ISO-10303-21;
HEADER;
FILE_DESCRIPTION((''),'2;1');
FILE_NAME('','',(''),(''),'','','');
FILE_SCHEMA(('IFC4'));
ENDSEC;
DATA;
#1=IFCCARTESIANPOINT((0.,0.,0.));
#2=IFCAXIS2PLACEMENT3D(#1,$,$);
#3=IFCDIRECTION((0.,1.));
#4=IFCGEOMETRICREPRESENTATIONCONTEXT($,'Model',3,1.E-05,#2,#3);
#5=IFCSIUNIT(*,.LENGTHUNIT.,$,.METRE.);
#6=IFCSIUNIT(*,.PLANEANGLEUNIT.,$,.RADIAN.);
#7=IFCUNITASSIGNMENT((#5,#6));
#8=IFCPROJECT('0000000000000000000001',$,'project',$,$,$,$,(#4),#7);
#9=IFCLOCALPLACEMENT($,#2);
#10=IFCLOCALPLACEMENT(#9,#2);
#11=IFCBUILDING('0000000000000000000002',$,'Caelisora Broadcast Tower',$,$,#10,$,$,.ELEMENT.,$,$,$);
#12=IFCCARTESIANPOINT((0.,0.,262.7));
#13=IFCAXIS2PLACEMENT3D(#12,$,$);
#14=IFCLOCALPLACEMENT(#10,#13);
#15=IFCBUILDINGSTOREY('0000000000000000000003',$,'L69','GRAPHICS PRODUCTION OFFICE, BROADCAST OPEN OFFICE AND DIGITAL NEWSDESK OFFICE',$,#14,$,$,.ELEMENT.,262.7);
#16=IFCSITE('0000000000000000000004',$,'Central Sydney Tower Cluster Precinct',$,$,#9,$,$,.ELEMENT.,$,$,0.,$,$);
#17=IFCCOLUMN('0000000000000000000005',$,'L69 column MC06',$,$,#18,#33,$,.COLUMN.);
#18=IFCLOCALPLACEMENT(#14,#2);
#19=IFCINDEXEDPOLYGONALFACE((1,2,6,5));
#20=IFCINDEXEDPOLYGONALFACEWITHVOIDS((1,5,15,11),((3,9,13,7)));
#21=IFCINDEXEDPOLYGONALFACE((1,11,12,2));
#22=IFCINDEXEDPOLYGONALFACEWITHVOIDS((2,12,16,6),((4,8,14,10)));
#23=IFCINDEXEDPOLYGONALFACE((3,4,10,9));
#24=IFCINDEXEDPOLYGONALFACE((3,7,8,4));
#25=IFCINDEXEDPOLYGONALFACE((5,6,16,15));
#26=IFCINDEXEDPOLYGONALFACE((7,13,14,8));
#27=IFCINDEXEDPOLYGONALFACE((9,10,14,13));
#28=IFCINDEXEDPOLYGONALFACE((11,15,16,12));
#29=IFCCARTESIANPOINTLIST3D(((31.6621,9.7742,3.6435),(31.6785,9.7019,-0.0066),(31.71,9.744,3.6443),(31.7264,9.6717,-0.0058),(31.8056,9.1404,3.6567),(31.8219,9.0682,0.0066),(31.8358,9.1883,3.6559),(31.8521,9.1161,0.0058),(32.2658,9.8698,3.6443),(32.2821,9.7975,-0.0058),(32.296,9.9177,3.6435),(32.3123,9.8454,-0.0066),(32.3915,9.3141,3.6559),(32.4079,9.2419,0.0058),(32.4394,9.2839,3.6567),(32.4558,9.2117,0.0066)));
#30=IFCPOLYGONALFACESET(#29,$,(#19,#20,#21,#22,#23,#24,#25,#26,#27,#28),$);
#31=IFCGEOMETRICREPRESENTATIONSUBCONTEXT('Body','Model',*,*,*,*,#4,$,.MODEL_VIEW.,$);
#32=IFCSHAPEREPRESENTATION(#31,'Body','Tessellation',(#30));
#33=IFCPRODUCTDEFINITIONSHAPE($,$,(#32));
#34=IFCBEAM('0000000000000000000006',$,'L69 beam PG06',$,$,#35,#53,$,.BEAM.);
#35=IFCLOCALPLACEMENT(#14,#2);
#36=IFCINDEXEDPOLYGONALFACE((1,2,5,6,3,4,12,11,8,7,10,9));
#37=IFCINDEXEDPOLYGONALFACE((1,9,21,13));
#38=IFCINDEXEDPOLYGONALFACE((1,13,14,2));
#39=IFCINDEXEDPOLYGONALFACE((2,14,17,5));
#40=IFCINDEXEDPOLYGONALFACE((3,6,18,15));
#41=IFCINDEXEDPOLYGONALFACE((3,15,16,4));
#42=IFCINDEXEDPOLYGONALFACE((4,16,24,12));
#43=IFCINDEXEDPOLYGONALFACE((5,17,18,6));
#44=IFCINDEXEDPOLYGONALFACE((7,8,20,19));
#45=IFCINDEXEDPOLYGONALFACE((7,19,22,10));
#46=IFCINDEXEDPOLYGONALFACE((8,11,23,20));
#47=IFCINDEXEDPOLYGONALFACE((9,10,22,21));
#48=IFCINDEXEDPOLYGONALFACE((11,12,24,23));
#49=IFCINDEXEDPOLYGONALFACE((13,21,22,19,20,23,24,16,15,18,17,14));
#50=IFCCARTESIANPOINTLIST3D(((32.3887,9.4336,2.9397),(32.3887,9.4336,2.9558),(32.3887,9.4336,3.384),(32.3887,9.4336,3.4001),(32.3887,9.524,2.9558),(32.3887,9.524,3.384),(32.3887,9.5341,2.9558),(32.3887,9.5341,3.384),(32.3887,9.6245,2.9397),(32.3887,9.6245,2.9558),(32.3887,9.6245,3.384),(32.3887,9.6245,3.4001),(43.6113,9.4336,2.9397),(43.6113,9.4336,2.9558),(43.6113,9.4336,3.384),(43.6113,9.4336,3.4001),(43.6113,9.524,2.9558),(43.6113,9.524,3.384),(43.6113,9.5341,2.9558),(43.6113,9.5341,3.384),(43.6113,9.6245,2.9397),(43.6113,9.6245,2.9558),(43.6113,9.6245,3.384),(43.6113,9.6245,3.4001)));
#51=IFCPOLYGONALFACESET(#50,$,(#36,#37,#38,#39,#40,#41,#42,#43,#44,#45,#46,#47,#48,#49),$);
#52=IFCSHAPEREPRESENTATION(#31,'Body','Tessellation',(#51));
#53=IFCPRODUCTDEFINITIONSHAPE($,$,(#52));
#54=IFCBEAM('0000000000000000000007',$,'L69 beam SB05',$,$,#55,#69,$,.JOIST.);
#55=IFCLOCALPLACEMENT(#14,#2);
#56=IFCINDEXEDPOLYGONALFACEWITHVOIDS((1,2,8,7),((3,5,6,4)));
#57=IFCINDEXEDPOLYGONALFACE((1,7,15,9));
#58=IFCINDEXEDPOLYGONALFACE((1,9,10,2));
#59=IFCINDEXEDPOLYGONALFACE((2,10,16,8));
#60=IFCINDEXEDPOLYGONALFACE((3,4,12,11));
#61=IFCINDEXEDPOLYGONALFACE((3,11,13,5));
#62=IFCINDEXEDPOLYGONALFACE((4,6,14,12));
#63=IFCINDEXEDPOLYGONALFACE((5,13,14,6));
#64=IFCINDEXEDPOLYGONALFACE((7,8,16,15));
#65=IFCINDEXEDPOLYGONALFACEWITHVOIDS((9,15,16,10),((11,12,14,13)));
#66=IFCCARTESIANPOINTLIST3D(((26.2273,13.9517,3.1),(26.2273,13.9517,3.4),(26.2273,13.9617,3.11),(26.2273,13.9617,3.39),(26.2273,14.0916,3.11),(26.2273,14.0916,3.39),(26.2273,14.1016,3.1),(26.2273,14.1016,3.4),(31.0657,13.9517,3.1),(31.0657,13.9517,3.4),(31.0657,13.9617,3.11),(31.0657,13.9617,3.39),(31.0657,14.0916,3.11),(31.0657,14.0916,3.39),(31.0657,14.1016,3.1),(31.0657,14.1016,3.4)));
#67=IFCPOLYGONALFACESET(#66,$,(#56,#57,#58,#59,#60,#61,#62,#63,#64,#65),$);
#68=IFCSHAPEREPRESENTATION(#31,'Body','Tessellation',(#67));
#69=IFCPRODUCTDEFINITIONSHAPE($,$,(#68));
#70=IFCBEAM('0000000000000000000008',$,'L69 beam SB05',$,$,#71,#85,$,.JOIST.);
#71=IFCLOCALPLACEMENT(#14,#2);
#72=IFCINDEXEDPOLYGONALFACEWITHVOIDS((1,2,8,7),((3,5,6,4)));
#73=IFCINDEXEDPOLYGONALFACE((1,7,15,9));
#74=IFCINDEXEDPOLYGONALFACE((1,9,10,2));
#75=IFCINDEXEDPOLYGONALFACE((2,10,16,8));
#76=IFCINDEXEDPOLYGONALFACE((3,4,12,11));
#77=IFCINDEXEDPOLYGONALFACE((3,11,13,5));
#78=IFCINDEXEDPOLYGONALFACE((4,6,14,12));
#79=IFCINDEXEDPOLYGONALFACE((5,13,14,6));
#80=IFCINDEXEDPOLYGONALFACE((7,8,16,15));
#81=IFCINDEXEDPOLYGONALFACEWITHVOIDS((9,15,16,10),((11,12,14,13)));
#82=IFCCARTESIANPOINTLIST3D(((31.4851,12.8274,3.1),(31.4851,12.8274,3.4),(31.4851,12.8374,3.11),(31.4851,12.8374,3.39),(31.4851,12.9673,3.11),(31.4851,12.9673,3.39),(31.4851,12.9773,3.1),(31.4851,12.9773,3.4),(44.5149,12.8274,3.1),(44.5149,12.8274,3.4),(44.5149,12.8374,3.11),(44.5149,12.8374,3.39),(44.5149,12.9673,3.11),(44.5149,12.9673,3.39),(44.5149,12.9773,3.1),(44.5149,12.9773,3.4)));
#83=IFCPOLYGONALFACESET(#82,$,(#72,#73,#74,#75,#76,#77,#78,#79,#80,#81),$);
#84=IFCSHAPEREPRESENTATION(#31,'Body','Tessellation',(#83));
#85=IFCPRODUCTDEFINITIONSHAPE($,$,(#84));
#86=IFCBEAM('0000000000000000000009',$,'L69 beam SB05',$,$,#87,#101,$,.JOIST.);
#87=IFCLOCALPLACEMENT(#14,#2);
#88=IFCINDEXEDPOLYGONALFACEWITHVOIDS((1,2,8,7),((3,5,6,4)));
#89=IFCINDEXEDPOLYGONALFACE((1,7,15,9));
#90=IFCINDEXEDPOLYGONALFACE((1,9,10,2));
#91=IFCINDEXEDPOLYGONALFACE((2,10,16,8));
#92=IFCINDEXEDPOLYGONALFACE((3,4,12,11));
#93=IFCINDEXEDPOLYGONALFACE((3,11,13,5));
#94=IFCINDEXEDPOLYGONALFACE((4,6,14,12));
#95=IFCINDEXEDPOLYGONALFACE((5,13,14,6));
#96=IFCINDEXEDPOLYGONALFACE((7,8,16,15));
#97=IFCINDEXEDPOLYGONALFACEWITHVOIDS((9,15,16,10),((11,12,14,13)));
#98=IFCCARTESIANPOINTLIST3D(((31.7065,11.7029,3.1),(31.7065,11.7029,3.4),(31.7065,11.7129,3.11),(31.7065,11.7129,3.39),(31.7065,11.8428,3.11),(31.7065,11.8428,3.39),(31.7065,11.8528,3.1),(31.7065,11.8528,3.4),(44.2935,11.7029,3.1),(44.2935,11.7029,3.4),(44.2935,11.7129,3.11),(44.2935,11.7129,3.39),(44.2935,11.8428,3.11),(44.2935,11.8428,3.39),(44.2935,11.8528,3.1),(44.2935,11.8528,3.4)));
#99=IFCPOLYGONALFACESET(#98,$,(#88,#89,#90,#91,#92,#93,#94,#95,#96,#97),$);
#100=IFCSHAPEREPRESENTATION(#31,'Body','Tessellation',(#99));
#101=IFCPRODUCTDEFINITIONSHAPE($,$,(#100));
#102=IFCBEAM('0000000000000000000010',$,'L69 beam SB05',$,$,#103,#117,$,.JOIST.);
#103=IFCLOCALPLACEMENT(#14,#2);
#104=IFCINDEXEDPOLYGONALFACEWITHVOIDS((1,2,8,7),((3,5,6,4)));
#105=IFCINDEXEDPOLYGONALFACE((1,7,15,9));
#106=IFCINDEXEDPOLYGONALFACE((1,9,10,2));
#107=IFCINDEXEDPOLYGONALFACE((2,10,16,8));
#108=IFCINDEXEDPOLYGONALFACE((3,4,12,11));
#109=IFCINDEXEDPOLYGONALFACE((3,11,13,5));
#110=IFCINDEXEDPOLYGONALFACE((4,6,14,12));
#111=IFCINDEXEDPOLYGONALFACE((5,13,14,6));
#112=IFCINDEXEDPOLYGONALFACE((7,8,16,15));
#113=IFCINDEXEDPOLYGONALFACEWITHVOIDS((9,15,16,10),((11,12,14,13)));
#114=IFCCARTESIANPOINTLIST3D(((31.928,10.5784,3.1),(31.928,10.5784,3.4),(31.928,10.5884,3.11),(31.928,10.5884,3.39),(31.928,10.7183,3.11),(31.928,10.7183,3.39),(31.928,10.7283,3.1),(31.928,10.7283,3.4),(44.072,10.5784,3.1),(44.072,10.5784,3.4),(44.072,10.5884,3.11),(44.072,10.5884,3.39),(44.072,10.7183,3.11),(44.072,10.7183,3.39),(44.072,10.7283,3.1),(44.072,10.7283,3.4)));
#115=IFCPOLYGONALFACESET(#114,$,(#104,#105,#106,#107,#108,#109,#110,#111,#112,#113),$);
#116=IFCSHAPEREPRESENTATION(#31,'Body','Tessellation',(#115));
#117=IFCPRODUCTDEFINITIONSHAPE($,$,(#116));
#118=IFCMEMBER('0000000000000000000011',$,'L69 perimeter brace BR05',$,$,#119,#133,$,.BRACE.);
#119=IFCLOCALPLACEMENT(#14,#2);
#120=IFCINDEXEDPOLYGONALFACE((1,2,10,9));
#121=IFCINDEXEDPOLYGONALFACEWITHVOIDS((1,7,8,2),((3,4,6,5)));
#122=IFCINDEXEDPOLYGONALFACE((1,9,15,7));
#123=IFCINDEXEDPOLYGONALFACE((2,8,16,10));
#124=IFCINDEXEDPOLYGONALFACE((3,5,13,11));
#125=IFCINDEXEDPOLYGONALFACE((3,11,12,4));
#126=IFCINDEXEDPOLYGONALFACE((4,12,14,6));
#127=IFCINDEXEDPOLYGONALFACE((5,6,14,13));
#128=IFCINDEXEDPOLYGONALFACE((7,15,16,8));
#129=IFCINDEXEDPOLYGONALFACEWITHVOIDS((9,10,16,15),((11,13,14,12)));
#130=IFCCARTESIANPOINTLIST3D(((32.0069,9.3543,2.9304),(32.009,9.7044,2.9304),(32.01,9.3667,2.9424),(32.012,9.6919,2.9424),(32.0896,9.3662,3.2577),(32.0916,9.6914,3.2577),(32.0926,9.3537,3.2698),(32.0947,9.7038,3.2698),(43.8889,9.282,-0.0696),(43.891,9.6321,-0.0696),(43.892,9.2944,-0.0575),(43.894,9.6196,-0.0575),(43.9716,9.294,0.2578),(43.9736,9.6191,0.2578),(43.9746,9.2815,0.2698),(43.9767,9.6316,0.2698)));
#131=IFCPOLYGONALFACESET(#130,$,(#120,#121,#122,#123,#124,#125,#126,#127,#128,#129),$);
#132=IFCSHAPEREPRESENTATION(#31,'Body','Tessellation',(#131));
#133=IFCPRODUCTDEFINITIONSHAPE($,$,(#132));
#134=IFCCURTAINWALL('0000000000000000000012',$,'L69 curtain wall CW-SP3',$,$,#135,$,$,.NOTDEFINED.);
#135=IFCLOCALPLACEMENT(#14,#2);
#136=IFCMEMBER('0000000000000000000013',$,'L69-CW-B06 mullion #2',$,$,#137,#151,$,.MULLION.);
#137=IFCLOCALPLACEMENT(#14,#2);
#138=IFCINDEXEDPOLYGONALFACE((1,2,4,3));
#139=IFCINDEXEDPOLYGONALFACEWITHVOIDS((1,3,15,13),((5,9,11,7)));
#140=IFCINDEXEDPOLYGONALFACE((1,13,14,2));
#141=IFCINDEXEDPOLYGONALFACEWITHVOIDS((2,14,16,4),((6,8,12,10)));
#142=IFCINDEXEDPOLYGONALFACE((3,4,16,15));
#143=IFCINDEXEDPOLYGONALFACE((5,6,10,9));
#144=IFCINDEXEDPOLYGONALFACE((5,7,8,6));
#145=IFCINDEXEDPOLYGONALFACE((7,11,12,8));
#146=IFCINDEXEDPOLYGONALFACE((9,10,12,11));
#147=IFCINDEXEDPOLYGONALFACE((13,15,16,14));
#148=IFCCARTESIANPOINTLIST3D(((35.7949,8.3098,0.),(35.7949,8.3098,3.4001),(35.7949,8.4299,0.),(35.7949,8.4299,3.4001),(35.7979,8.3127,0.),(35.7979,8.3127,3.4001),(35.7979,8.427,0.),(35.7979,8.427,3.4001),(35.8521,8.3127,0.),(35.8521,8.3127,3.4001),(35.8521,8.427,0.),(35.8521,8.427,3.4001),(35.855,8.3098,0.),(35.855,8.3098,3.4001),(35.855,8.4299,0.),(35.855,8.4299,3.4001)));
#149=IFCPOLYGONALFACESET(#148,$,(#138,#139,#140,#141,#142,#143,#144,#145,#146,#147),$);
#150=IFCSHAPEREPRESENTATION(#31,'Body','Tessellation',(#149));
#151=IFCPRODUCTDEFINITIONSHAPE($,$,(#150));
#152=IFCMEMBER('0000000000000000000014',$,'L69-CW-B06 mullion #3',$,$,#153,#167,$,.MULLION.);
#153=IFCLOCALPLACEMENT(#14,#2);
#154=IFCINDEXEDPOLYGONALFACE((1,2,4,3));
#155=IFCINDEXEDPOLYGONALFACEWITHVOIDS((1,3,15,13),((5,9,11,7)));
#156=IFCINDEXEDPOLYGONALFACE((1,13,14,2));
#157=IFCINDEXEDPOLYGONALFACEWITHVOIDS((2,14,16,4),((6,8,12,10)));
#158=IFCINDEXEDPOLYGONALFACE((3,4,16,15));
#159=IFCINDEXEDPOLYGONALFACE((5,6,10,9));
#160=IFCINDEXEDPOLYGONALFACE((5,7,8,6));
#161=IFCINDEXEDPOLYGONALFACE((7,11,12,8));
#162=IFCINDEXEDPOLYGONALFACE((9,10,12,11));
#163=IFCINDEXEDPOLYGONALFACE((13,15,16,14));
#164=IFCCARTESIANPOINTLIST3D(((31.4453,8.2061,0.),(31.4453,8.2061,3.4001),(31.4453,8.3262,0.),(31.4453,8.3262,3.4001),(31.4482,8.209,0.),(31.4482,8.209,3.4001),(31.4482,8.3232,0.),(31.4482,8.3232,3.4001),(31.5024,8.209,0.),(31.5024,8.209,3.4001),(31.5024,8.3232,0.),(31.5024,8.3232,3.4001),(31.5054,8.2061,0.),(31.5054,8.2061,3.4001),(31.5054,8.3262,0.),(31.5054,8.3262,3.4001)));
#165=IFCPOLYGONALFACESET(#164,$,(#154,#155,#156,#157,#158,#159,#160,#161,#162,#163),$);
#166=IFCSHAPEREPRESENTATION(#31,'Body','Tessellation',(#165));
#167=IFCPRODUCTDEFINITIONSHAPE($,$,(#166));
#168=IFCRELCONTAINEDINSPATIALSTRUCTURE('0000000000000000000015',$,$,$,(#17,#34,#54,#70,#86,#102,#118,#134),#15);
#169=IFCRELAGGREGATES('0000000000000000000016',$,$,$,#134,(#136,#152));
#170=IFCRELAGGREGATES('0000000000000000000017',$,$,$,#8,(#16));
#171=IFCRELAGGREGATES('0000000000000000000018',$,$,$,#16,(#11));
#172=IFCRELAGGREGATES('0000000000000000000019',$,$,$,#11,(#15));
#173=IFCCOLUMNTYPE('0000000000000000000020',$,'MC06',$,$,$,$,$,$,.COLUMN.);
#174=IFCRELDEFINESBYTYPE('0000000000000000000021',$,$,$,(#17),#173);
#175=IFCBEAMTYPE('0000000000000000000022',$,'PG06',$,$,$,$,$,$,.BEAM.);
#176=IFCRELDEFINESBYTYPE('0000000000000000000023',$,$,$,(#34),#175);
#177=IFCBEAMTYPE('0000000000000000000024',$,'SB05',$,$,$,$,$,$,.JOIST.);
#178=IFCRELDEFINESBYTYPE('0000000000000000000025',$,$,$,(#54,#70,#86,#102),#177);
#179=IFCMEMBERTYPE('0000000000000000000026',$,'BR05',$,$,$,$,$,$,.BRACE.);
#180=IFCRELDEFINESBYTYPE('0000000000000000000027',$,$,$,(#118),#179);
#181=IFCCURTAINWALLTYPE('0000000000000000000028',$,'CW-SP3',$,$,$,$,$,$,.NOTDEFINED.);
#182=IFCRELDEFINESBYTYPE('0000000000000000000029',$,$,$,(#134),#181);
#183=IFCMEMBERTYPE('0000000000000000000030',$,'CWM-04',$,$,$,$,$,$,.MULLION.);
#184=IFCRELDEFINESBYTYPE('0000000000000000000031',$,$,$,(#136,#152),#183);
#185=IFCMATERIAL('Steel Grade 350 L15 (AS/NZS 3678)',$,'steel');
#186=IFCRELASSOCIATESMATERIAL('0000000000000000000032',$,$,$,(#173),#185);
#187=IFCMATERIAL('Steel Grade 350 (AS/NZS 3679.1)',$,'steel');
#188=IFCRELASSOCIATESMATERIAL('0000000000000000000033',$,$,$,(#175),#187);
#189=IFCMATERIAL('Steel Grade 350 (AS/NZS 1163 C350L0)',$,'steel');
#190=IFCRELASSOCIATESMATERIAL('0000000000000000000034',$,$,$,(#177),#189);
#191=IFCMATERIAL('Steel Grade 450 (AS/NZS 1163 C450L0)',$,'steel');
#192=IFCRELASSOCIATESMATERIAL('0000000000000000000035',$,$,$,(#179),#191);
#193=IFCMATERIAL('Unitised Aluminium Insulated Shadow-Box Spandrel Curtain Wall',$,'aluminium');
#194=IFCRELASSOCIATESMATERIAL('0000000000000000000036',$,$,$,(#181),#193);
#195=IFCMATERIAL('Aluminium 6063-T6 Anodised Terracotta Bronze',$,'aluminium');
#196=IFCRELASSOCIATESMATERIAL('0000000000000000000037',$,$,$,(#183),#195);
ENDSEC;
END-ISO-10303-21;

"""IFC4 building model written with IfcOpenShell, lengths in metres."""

from ifc_helpers import new_model, si_unit, direction, frame, origin, origin_2d, place, context, subcontext, project, spatial, hollow_rectangle, i_section, extrude, source, transform, mapped, material, material_profile, profile_set, type_object, type_shapes, element, aggregate, save


model = new_model("IFC4")

# Units and contexts
model_context = context("Model", 3, precision=1e-05, world=origin(), true_north=direction((0.0, 1.0)))
body_context = subcontext(model_context, "Body", "Model", "MODEL_VIEW")
ifc_project = project(units=[si_unit("LENGTHUNIT", "METRE"), si_unit("PLANEANGLEUNIT", "RADIAN")], contexts=[model_context])

# Site, building, storey
site_placement = place(None, origin())
site = spatial("IfcSite", under=ifc_project, at=site_placement, Name="Central Sydney Tower Cluster Precinct", CompositionType="ELEMENT", RefElevation=0.0)
building_placement = place(site_placement, origin())
building = spatial("IfcBuilding", under=site, at=building_placement, Name="Caelisora Broadcast Tower", CompositionType="ELEMENT")
storey_placement = place(building_placement, frame((0.0, 0.0, 262.7)))
storey = spatial("IfcBuildingStorey", under=building, at=storey_placement, Name="L69", Description="GRAPHICS PRODUCTION OFFICE, BROADCAST OPEN OFFICE AND DIGITAL NEWSDESK OFFICE", CompositionType="ELEMENT", Elevation=262.7)

# Column
ifc_material_1 = material(Name="Steel Grade 350 L15 (AS/NZS 3678)", Category="steel")
ifc_material_profile_1 = material_profile(ifc_material_1, hollow_rectangle(XDim=0.6499, YDim=0.6499, WallThickness=0.04, at=origin_2d()), Name="Steel Grade 350 L15 (AS/NZS 3678)")
ifc_profile_set_1 = profile_set([ifc_material_profile_1], Name="Steel Grade 350 L15 (AS/NZS 3678)")
column_type = type_object("IfcColumnType", Name="MC06", PredefinedType="COLUMN", material=ifc_profile_set_1)
shared_shape_1 = source(origin(), body_context, "Body", "SweptSolid", [
    extrude(hollow_rectangle(XDim=0.6499, YDim=0.6499, WallThickness=0.04, at=origin_2d()), origin(), (0.0, 0.0, 1.0), 3.6509),
])
type_shapes(column_type, [shared_shape_1])
column_placement = place(storey_placement, frame((32.0671, 9.4568, 0.0), z_axis=(-0.00448, 0.019794, 0.999794), x_axis=(-0.975327, -0.220767, 0.0)))
element("IfcColumn", 1, at=column_placement, inside=storey, type_object=column_type, Name="L69 column MC06", PredefinedType="COLUMN", context=body_context, shape_type="MappedRepresentation", body=[
    mapped(shared_shape_1, transform((0.0, 0.0, 0.0), scale=1.0)),
])

# Beams
ifc_material_2 = material(Name="Steel Grade 350 (AS/NZS 3679.1)", Category="steel")
ifc_material_profile_2 = material_profile(ifc_material_2, i_section(OverallWidth=0.1909, OverallDepth=0.4604, WebThickness=0.01, FlangeThickness=0.0161, at=origin_2d()), Name="Steel Grade 350 (AS/NZS 3679.1)")
ifc_profile_set_2 = profile_set([ifc_material_profile_2], Name="Steel Grade 350 (AS/NZS 3679.1)")
beam_type_1 = type_object("IfcBeamType", Name="PG06", PredefinedType="BEAM", material=ifc_profile_set_2)
shared_shape_2 = source(origin(), body_context, "Body", "SweptSolid", [
    extrude(i_section(OverallWidth=0.1909, OverallDepth=0.4604, WebThickness=0.01, FlangeThickness=0.0161, at=origin_2d()), origin(), (0.0, 0.0, 1.0), 11.2227),
])
type_shapes(beam_type_1, [shared_shape_2])
beam_1_placement = place(storey_placement, frame((32.3887, 9.5291, 3.1699), z_axis=(1.0, 0.0, 0.0), x_axis=(0.0, 1.0, 0.0)))
element("IfcBeam", 2, at=beam_1_placement, inside=storey, type_object=beam_type_1, Name="L69 beam PG06", PredefinedType="BEAM", context=body_context, shape_type="MappedRepresentation", body=[
    mapped(shared_shape_2, transform((0.0, 0.0, 0.0), scale=1.0)),
])
ifc_material_3 = material(Name="Steel Grade 350 (AS/NZS 1163 C350L0)", Category="steel")
ifc_material_profile_3 = material_profile(ifc_material_3, hollow_rectangle(XDim=0.1499, YDim=0.3, WallThickness=0.01, at=origin_2d()), Name="Steel Grade 350 (AS/NZS 1163 C350L0)")
ifc_profile_set_3 = profile_set([ifc_material_profile_3], Name="Steel Grade 350 (AS/NZS 1163 C350L0)")
beam_type_2 = type_object("IfcBeamType", Name="SB05", PredefinedType="JOIST", material=ifc_profile_set_3)
shared_shape_3 = source(origin(), body_context, "Body", "SweptSolid", [
    extrude(hollow_rectangle(XDim=0.1499, YDim=0.3, WallThickness=0.01, at=origin_2d()), origin(), (0.0, 0.0, 1.0), 4.8384),
])
beam_2_placement = place(storey_placement, frame((26.2273, 14.0266, 3.25), z_axis=(1.0, 0.0, 0.0), x_axis=(0.0, 1.0, 0.0)))
element("IfcBeam", 3, at=beam_2_placement, inside=storey, type_object=beam_type_2, Name="L69 beam SB05", PredefinedType="JOIST", context=body_context, shape_type="MappedRepresentation", body=[
    mapped(shared_shape_3, transform((0.0, 0.0, 0.0), scale=1.0)),
])
shared_shape_4 = source(origin(), body_context, "Body", "SweptSolid", [
    extrude(hollow_rectangle(XDim=0.1499, YDim=0.3, WallThickness=0.01, at=origin_2d()), origin(), (0.0, 0.0, 1.0), 13.0298),
])
beam_3_placement = place(storey_placement, frame((31.4851, 12.9023, 3.25), z_axis=(1.0, 0.0, 0.0), x_axis=(0.0, 1.0, 0.0)))
element("IfcBeam", 4, at=beam_3_placement, inside=storey, type_object=beam_type_2, Name="L69 beam SB05", PredefinedType="JOIST", context=body_context, shape_type="MappedRepresentation", body=[
    mapped(shared_shape_4, transform((0.0, 0.0, 0.0), scale=1.0)),
])
shared_shape_5 = source(origin(), body_context, "Body", "SweptSolid", [
    extrude(hollow_rectangle(XDim=0.1499, YDim=0.3, WallThickness=0.01, at=origin_2d()), origin(), (0.0, 0.0, 1.0), 12.5869),
])
beam_4_placement = place(storey_placement, frame((31.7065, 11.7778, 3.25), z_axis=(1.0, 0.0, 0.0), x_axis=(0.0, 1.0, 0.0)))
element("IfcBeam", 5, at=beam_4_placement, inside=storey, type_object=beam_type_2, Name="L69 beam SB05", PredefinedType="JOIST", context=body_context, shape_type="MappedRepresentation", body=[
    mapped(shared_shape_5, transform((0.0, 0.0, 0.0), scale=1.0)),
])
shared_shape_6 = source(origin(), body_context, "Body", "SweptSolid", [
    extrude(hollow_rectangle(XDim=0.1499, YDim=0.3, WallThickness=0.01, at=origin_2d()), origin(), (0.0, 0.0, 1.0), 12.144),
])
type_shapes(beam_type_2, [shared_shape_3, shared_shape_4, shared_shape_5, shared_shape_6])
beam_5_placement = place(storey_placement, frame((31.928, 10.6533, 3.25), z_axis=(1.0, 0.0, 0.0), x_axis=(0.0, 1.0, 0.0)))
element("IfcBeam", 6, at=beam_5_placement, inside=storey, type_object=beam_type_2, Name="L69 beam SB05", PredefinedType="JOIST", context=body_context, shape_type="MappedRepresentation", body=[
    mapped(shared_shape_6, transform((0.0, 0.0, 0.0), scale=1.0)),
])

# Member
ifc_material_4 = material(Name="Steel Grade 450 (AS/NZS 1163 C450L0)", Category="steel")
ifc_material_profile_4 = material_profile(ifc_material_4, hollow_rectangle(XDim=0.3501, YDim=0.3501, WallThickness=0.0125, at=origin_2d()), Name="Steel Grade 450 (AS/NZS 1163 C450L0)")
ifc_profile_set_4 = profile_set([ifc_material_profile_4], Name="Steel Grade 450 (AS/NZS 1163 C450L0)")
member_type_1 = type_object("IfcMemberType", Name="BR05", PredefinedType="BRACE", material=ifc_profile_set_4)
shared_shape_7 = source(origin(), body_context, "Body", "SweptSolid", [
    extrude(hollow_rectangle(XDim=0.3501, YDim=0.3501, WallThickness=0.0125, at=origin_2d()), origin(), (0.0, 0.0, 1.0), 12.2551),
])
type_shapes(member_type_1, [shared_shape_7])
member_1_placement = place(storey_placement, frame((32.0508, 9.5291, 3.1001), z_axis=(0.969557, -0.005897, -0.244795), x_axis=(0.006082, 0.999982, 0.0)))
element("IfcMember", 7, at=member_1_placement, inside=storey, type_object=member_type_1, Name="L69 perimeter brace BR05", PredefinedType="BRACE", context=body_context, shape_type="MappedRepresentation", body=[
    mapped(shared_shape_7, transform((0.0, 0.0, 0.0), scale=1.0)),
])

# Curtain wall, members
ifc_material_5 = material(Name="Unitised Aluminium Insulated Shadow-Box Spandrel Curtain Wall", Category="aluminium")
curtain_wall_type_1 = type_object("IfcCurtainWallType", Name="CW-SP3", PredefinedType="NOTDEFINED", material=ifc_material_5)
curtain_wall_1_placement = place(storey_placement, origin())
curtain_wall_1 = element("IfcCurtainWall", 8, at=curtain_wall_1_placement, inside=storey, type_object=curtain_wall_type_1, Name="L69 curtain wall CW-SP3", PredefinedType="NOTDEFINED")
ifc_material_6 = material(Name="Aluminium 6063-T6 Anodised Terracotta Bronze", Category="aluminium")
ifc_material_profile_5 = material_profile(ifc_material_6, hollow_rectangle(XDim=0.0601, YDim=0.1201, WallThickness=0.0029, at=origin_2d()), Name="Aluminium 6063-T6 Anodised Terracotta Bronze")
ifc_profile_set_5 = profile_set([ifc_material_profile_5], Name="Aluminium 6063-T6 Anodised Terracotta Bronze")
member_type_2 = type_object("IfcMemberType", Name="CWM-04", PredefinedType="MULLION", material=ifc_profile_set_5)
shared_shape_8 = source(origin(), body_context, "Body", "SweptSolid", [
    extrude(hollow_rectangle(XDim=0.0601, YDim=0.1201, WallThickness=0.0029, at=origin_2d()), origin(), (0.0, 0.0, 1.0), 3.4001),
])
type_shapes(member_type_2, [shared_shape_8])
member_2_placement = place(storey_placement, frame((35.825, 8.3699, 0.0), z_axis=(0.0, 0.0, 1.0), x_axis=(1.0, 0.0, 0.0)))
member_2 = element("IfcMember", 9, at=member_2_placement, type_object=member_type_2, Name="L69-CW-B06 mullion #2", PredefinedType="MULLION", context=body_context, shape_type="MappedRepresentation", body=[
    mapped(shared_shape_8, transform((0.0, 0.0, 0.0), scale=1.0)),
])
member_3_placement = place(storey_placement, frame((31.4753, 8.2661, 0.0), z_axis=(0.0, 0.0, 1.0), x_axis=(1.0, 0.0, 0.0)))
member_3 = element("IfcMember", 10, at=member_3_placement, type_object=member_type_2, Name="L69-CW-B06 mullion #3", PredefinedType="MULLION", context=body_context, shape_type="MappedRepresentation", body=[
    mapped(shared_shape_8, transform((0.0, 0.0, 0.0), scale=1.0)),
])

aggregate(curtain_wall_1, [member_2, member_3])

save(model, "model.ifc")
